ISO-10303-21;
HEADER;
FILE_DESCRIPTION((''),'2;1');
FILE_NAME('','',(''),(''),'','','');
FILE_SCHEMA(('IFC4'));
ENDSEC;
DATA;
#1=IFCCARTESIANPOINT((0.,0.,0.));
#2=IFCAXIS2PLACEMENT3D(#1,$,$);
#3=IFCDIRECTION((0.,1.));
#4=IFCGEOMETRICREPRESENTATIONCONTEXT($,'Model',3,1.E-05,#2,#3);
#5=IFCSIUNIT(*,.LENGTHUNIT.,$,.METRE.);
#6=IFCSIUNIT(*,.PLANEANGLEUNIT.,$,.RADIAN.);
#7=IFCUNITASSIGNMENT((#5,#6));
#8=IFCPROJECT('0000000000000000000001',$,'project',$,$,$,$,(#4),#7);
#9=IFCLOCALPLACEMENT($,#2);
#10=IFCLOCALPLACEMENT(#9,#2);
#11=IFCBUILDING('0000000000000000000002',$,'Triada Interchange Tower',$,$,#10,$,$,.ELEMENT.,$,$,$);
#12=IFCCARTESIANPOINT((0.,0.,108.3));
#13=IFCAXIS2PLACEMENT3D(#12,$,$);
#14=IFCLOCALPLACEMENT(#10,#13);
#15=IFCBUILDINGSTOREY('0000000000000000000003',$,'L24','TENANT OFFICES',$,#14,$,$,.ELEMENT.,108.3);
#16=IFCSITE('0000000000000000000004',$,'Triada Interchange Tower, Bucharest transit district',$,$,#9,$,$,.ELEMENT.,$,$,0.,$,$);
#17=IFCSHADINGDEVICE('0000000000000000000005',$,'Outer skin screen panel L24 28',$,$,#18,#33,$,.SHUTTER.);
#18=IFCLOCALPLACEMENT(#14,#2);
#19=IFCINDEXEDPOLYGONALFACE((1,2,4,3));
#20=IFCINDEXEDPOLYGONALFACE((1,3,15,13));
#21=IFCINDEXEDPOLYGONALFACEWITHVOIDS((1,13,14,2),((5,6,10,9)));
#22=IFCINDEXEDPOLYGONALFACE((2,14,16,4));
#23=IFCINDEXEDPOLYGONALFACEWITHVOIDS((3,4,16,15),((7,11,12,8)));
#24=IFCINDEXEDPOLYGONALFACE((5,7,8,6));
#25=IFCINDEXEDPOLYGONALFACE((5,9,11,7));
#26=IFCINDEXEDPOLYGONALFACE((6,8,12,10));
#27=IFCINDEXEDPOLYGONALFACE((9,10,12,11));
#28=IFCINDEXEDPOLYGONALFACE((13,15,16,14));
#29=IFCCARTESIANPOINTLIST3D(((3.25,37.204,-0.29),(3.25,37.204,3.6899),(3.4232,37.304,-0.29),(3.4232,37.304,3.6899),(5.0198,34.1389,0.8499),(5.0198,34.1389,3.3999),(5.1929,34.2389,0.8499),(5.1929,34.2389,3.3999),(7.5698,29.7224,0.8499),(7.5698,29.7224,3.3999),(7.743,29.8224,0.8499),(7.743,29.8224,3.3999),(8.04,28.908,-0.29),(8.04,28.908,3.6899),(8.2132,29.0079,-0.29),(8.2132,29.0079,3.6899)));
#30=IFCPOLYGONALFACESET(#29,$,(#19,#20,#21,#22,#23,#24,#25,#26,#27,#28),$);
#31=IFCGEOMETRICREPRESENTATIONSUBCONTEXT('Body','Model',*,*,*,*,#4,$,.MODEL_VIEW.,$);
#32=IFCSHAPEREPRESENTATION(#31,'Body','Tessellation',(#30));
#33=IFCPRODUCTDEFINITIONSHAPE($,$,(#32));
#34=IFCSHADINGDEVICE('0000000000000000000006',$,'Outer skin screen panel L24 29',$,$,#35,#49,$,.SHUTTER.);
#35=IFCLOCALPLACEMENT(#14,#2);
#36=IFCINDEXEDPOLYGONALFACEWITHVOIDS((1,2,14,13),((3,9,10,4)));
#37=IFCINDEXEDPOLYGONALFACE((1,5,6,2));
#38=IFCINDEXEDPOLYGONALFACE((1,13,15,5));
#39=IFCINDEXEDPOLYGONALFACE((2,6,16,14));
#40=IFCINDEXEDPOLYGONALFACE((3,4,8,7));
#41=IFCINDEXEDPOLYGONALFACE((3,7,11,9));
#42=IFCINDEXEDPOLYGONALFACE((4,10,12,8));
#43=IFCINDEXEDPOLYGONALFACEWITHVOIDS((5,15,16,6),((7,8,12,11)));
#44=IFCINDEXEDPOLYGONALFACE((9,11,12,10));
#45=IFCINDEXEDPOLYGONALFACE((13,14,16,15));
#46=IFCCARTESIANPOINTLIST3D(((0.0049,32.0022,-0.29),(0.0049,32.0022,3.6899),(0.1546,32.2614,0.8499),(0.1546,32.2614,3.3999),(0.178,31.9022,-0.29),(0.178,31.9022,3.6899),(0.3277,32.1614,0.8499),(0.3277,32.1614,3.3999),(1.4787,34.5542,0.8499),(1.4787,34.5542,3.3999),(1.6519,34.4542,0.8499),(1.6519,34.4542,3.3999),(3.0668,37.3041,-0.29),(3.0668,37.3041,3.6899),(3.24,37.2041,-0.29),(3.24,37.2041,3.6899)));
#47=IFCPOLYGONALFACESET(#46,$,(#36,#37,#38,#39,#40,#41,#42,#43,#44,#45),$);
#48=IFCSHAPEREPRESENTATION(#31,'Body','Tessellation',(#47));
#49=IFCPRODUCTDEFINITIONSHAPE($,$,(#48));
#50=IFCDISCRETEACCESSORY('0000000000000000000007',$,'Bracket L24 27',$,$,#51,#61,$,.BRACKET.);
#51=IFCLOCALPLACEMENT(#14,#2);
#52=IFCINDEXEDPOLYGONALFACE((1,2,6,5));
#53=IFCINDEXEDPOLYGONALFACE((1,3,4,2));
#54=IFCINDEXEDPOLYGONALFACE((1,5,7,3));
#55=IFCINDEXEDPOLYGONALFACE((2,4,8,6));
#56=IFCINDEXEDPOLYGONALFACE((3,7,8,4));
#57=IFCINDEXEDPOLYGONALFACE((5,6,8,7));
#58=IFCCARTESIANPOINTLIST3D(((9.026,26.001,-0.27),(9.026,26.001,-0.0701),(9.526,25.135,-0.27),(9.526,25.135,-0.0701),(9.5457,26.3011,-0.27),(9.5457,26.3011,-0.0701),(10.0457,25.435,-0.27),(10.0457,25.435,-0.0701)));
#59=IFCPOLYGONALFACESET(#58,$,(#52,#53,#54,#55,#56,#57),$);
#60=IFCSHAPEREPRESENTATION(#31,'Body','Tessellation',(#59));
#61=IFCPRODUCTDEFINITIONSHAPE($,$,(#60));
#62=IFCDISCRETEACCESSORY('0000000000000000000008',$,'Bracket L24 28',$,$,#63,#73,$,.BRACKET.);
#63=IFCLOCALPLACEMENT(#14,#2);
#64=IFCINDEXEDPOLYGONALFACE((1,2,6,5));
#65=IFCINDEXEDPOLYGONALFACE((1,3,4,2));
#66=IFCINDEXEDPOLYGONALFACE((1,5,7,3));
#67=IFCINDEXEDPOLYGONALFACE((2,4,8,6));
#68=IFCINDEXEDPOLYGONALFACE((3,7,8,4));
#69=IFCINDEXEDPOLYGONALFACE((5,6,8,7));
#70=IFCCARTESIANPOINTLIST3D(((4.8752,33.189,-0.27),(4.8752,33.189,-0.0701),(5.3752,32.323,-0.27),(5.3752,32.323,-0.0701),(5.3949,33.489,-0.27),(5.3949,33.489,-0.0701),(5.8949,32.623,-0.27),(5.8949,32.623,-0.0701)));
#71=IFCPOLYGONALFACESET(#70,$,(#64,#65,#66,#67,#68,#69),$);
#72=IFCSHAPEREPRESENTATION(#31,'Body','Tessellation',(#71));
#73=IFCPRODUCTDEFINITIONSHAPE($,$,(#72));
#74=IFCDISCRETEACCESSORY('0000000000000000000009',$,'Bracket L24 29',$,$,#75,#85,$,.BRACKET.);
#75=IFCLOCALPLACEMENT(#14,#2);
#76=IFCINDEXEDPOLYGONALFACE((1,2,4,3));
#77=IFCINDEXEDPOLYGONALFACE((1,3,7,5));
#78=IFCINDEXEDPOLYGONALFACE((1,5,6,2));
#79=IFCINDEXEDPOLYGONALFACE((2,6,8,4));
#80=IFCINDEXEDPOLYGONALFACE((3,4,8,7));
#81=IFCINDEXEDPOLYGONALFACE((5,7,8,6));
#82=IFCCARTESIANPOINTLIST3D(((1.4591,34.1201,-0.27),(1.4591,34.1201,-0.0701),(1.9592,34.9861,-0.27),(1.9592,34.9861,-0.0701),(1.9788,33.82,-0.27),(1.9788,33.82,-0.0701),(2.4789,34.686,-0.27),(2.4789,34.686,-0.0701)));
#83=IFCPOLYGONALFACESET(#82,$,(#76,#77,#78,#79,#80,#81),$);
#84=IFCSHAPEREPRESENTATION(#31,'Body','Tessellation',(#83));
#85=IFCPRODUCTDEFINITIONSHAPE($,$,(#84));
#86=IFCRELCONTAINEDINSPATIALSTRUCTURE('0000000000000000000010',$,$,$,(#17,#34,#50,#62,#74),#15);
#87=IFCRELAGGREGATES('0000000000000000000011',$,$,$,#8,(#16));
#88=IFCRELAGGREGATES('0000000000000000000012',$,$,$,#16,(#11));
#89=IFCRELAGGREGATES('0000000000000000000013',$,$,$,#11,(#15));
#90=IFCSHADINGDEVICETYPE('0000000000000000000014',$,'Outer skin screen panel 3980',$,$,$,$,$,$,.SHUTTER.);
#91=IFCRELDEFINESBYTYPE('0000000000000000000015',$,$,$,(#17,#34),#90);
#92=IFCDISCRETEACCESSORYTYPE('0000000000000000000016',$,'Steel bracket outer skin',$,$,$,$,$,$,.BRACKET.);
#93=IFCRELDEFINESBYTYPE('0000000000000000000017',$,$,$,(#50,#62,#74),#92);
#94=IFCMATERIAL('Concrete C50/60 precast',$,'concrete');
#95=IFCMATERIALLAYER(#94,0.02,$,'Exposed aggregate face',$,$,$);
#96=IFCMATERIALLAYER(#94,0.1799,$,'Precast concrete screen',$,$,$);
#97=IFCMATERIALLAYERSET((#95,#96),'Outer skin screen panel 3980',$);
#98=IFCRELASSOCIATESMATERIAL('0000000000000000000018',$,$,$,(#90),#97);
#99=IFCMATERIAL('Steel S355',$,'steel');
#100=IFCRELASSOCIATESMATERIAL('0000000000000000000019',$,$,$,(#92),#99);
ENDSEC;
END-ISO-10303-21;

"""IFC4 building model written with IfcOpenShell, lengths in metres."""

from ifc_helpers import new_model, si_unit, direction, frame, origin, origin_2d, place, context, subcontext, project, spatial, polyline, rectangle, outline, extrude, material, layer, layer_set, type_object, element, save


model = new_model("IFC4")

# Units and contexts
model_context = context("Model", 3, precision=1e-05, world=origin(), true_north=direction((0.0, 1.0)))
body_context = subcontext(model_context, "Body", "Model", "MODEL_VIEW")
ifc_project = project(units=[si_unit("LENGTHUNIT", "METRE"), si_unit("PLANEANGLEUNIT", "RADIAN")], contexts=[model_context])

# Site, building, storey
site_placement = place(None, origin())
site = spatial("IfcSite", under=ifc_project, at=site_placement, Name="Triada Interchange Tower, Bucharest transit district", CompositionType="ELEMENT", RefElevation=0.0)
building_placement = place(site_placement, origin())
building = spatial("IfcBuilding", under=site, at=building_placement, Name="Triada Interchange Tower", CompositionType="ELEMENT")
storey_placement = place(building_placement, frame((0.0, 0.0, 108.3)))
storey = spatial("IfcBuildingStorey", under=building, at=storey_placement, Name="L24", Description="TENANT OFFICES", CompositionType="ELEMENT", Elevation=108.3)

# Shading devices
ifc_material_1 = material(Name="Concrete C50/60 precast", Category="concrete")
ifc_layer_1 = layer(ifc_material_1, 0.02, Name="Exposed aggregate face")
ifc_layer_2 = layer(ifc_material_1, 0.1799, Name="Precast concrete screen")
ifc_layer_set_1 = layer_set([ifc_layer_1, ifc_layer_2], Name="Outer skin screen panel 3980")
shading_device_type = type_object("IfcShadingDeviceType", Name="Outer skin screen panel 3980", PredefinedType="SHUTTER", material=ifc_layer_set_1)
shading_device_1_placement = place(storey_placement, frame((8.04, 28.908, -0.29), z_axis=(0.0, 0.0, 1.0), x_axis=(-0.50002, 0.866014, 0.0)))
element("IfcShadingDevice", 1, at=shading_device_1_placement, inside=storey, type_object=shading_device_type, Name="Outer skin screen panel L24 28", PredefinedType="SHUTTER", context=body_context, shape_type="SweptSolid", body=[
    extrude(outline(polyline([(0.0, 0.0), (9.5796, 0.0), (9.5796, 3.98), (0.0, 3.98), (0.0, 0.0)]), holes=[polyline([(0.9404, 1.1399), (0.9404, 3.6899), (6.0403, 3.6899), (6.0403, 1.1399), (0.9404, 1.1399)])]), frame((0.0, 0.0, 0.0), z_axis=(0.0, -1.0, 0.0), x_axis=(1.0, 0.0, 0.0)), (0.0, 0.0, 1.0), 0.2),
])
shading_device_2_placement = place(storey_placement, frame((3.24, 37.2041, -0.29), z_axis=(0.0, 0.0, 1.0), x_axis=(-0.50011, -0.865962, 0.0)))
element("IfcShadingDevice", 2, at=shading_device_2_placement, inside=storey, type_object=shading_device_type, Name="Outer skin screen panel L24 29", PredefinedType="SHUTTER", context=body_context, shape_type="SweptSolid", body=[
    extrude(outline(polyline([(0.0, 0.0), (6.1226, 0.0), (6.1226, 3.98), (0.0, 3.98), (0.0, 0.0)]), holes=[polyline([(3.1755, 1.1399), (3.1755, 3.6899), (5.8232, 3.6899), (5.8232, 1.1399), (3.1755, 1.1399)])]), frame((0.0, 0.0, 0.0), z_axis=(0.0, -1.0, 0.0), x_axis=(1.0, 0.0, 0.0)), (0.0, 0.0, 1.0), 0.2),
])

# Discrete accessories
ifc_material_2 = material(Name="Steel S355", Category="steel")
discrete_accessory_type = type_object("IfcDiscreteAccessoryType", Name="Steel bracket outer skin", PredefinedType="BRACKET", material=ifc_material_2)
for number, where, z_axis, x_axis, name in (
    (3, (9.5359, 25.718, -0.27), (0.0, 0.0, 1.0), (0.866022, 0.500006, 0.0), "Bracket L24 27"),
    (4, (5.385, 32.906, -0.27), (0.0, 0.0, 1.0), (0.866022, 0.500006, 0.0), "Bracket L24 28"),
    (5, (1.969, 34.4031, -0.27), (0.0, 0.0, 1.0), (-0.866006, 0.500034, 0.0), "Bracket L24 29"),
):
    element("IfcDiscreteAccessory", number, at=place(storey_placement, frame(where, z_axis=z_axis, x_axis=x_axis)), inside=storey, type_object=discrete_accessory_type, Name=name, PredefinedType="BRACKET", context=body_context, shape_type="SweptSolid", body=[
        extrude(rectangle(XDim=0.6001, YDim=1.0, at=origin_2d()), origin(), (0.0, 0.0, 1.0), 0.2),
    ])

save(model, "model.ifc")
